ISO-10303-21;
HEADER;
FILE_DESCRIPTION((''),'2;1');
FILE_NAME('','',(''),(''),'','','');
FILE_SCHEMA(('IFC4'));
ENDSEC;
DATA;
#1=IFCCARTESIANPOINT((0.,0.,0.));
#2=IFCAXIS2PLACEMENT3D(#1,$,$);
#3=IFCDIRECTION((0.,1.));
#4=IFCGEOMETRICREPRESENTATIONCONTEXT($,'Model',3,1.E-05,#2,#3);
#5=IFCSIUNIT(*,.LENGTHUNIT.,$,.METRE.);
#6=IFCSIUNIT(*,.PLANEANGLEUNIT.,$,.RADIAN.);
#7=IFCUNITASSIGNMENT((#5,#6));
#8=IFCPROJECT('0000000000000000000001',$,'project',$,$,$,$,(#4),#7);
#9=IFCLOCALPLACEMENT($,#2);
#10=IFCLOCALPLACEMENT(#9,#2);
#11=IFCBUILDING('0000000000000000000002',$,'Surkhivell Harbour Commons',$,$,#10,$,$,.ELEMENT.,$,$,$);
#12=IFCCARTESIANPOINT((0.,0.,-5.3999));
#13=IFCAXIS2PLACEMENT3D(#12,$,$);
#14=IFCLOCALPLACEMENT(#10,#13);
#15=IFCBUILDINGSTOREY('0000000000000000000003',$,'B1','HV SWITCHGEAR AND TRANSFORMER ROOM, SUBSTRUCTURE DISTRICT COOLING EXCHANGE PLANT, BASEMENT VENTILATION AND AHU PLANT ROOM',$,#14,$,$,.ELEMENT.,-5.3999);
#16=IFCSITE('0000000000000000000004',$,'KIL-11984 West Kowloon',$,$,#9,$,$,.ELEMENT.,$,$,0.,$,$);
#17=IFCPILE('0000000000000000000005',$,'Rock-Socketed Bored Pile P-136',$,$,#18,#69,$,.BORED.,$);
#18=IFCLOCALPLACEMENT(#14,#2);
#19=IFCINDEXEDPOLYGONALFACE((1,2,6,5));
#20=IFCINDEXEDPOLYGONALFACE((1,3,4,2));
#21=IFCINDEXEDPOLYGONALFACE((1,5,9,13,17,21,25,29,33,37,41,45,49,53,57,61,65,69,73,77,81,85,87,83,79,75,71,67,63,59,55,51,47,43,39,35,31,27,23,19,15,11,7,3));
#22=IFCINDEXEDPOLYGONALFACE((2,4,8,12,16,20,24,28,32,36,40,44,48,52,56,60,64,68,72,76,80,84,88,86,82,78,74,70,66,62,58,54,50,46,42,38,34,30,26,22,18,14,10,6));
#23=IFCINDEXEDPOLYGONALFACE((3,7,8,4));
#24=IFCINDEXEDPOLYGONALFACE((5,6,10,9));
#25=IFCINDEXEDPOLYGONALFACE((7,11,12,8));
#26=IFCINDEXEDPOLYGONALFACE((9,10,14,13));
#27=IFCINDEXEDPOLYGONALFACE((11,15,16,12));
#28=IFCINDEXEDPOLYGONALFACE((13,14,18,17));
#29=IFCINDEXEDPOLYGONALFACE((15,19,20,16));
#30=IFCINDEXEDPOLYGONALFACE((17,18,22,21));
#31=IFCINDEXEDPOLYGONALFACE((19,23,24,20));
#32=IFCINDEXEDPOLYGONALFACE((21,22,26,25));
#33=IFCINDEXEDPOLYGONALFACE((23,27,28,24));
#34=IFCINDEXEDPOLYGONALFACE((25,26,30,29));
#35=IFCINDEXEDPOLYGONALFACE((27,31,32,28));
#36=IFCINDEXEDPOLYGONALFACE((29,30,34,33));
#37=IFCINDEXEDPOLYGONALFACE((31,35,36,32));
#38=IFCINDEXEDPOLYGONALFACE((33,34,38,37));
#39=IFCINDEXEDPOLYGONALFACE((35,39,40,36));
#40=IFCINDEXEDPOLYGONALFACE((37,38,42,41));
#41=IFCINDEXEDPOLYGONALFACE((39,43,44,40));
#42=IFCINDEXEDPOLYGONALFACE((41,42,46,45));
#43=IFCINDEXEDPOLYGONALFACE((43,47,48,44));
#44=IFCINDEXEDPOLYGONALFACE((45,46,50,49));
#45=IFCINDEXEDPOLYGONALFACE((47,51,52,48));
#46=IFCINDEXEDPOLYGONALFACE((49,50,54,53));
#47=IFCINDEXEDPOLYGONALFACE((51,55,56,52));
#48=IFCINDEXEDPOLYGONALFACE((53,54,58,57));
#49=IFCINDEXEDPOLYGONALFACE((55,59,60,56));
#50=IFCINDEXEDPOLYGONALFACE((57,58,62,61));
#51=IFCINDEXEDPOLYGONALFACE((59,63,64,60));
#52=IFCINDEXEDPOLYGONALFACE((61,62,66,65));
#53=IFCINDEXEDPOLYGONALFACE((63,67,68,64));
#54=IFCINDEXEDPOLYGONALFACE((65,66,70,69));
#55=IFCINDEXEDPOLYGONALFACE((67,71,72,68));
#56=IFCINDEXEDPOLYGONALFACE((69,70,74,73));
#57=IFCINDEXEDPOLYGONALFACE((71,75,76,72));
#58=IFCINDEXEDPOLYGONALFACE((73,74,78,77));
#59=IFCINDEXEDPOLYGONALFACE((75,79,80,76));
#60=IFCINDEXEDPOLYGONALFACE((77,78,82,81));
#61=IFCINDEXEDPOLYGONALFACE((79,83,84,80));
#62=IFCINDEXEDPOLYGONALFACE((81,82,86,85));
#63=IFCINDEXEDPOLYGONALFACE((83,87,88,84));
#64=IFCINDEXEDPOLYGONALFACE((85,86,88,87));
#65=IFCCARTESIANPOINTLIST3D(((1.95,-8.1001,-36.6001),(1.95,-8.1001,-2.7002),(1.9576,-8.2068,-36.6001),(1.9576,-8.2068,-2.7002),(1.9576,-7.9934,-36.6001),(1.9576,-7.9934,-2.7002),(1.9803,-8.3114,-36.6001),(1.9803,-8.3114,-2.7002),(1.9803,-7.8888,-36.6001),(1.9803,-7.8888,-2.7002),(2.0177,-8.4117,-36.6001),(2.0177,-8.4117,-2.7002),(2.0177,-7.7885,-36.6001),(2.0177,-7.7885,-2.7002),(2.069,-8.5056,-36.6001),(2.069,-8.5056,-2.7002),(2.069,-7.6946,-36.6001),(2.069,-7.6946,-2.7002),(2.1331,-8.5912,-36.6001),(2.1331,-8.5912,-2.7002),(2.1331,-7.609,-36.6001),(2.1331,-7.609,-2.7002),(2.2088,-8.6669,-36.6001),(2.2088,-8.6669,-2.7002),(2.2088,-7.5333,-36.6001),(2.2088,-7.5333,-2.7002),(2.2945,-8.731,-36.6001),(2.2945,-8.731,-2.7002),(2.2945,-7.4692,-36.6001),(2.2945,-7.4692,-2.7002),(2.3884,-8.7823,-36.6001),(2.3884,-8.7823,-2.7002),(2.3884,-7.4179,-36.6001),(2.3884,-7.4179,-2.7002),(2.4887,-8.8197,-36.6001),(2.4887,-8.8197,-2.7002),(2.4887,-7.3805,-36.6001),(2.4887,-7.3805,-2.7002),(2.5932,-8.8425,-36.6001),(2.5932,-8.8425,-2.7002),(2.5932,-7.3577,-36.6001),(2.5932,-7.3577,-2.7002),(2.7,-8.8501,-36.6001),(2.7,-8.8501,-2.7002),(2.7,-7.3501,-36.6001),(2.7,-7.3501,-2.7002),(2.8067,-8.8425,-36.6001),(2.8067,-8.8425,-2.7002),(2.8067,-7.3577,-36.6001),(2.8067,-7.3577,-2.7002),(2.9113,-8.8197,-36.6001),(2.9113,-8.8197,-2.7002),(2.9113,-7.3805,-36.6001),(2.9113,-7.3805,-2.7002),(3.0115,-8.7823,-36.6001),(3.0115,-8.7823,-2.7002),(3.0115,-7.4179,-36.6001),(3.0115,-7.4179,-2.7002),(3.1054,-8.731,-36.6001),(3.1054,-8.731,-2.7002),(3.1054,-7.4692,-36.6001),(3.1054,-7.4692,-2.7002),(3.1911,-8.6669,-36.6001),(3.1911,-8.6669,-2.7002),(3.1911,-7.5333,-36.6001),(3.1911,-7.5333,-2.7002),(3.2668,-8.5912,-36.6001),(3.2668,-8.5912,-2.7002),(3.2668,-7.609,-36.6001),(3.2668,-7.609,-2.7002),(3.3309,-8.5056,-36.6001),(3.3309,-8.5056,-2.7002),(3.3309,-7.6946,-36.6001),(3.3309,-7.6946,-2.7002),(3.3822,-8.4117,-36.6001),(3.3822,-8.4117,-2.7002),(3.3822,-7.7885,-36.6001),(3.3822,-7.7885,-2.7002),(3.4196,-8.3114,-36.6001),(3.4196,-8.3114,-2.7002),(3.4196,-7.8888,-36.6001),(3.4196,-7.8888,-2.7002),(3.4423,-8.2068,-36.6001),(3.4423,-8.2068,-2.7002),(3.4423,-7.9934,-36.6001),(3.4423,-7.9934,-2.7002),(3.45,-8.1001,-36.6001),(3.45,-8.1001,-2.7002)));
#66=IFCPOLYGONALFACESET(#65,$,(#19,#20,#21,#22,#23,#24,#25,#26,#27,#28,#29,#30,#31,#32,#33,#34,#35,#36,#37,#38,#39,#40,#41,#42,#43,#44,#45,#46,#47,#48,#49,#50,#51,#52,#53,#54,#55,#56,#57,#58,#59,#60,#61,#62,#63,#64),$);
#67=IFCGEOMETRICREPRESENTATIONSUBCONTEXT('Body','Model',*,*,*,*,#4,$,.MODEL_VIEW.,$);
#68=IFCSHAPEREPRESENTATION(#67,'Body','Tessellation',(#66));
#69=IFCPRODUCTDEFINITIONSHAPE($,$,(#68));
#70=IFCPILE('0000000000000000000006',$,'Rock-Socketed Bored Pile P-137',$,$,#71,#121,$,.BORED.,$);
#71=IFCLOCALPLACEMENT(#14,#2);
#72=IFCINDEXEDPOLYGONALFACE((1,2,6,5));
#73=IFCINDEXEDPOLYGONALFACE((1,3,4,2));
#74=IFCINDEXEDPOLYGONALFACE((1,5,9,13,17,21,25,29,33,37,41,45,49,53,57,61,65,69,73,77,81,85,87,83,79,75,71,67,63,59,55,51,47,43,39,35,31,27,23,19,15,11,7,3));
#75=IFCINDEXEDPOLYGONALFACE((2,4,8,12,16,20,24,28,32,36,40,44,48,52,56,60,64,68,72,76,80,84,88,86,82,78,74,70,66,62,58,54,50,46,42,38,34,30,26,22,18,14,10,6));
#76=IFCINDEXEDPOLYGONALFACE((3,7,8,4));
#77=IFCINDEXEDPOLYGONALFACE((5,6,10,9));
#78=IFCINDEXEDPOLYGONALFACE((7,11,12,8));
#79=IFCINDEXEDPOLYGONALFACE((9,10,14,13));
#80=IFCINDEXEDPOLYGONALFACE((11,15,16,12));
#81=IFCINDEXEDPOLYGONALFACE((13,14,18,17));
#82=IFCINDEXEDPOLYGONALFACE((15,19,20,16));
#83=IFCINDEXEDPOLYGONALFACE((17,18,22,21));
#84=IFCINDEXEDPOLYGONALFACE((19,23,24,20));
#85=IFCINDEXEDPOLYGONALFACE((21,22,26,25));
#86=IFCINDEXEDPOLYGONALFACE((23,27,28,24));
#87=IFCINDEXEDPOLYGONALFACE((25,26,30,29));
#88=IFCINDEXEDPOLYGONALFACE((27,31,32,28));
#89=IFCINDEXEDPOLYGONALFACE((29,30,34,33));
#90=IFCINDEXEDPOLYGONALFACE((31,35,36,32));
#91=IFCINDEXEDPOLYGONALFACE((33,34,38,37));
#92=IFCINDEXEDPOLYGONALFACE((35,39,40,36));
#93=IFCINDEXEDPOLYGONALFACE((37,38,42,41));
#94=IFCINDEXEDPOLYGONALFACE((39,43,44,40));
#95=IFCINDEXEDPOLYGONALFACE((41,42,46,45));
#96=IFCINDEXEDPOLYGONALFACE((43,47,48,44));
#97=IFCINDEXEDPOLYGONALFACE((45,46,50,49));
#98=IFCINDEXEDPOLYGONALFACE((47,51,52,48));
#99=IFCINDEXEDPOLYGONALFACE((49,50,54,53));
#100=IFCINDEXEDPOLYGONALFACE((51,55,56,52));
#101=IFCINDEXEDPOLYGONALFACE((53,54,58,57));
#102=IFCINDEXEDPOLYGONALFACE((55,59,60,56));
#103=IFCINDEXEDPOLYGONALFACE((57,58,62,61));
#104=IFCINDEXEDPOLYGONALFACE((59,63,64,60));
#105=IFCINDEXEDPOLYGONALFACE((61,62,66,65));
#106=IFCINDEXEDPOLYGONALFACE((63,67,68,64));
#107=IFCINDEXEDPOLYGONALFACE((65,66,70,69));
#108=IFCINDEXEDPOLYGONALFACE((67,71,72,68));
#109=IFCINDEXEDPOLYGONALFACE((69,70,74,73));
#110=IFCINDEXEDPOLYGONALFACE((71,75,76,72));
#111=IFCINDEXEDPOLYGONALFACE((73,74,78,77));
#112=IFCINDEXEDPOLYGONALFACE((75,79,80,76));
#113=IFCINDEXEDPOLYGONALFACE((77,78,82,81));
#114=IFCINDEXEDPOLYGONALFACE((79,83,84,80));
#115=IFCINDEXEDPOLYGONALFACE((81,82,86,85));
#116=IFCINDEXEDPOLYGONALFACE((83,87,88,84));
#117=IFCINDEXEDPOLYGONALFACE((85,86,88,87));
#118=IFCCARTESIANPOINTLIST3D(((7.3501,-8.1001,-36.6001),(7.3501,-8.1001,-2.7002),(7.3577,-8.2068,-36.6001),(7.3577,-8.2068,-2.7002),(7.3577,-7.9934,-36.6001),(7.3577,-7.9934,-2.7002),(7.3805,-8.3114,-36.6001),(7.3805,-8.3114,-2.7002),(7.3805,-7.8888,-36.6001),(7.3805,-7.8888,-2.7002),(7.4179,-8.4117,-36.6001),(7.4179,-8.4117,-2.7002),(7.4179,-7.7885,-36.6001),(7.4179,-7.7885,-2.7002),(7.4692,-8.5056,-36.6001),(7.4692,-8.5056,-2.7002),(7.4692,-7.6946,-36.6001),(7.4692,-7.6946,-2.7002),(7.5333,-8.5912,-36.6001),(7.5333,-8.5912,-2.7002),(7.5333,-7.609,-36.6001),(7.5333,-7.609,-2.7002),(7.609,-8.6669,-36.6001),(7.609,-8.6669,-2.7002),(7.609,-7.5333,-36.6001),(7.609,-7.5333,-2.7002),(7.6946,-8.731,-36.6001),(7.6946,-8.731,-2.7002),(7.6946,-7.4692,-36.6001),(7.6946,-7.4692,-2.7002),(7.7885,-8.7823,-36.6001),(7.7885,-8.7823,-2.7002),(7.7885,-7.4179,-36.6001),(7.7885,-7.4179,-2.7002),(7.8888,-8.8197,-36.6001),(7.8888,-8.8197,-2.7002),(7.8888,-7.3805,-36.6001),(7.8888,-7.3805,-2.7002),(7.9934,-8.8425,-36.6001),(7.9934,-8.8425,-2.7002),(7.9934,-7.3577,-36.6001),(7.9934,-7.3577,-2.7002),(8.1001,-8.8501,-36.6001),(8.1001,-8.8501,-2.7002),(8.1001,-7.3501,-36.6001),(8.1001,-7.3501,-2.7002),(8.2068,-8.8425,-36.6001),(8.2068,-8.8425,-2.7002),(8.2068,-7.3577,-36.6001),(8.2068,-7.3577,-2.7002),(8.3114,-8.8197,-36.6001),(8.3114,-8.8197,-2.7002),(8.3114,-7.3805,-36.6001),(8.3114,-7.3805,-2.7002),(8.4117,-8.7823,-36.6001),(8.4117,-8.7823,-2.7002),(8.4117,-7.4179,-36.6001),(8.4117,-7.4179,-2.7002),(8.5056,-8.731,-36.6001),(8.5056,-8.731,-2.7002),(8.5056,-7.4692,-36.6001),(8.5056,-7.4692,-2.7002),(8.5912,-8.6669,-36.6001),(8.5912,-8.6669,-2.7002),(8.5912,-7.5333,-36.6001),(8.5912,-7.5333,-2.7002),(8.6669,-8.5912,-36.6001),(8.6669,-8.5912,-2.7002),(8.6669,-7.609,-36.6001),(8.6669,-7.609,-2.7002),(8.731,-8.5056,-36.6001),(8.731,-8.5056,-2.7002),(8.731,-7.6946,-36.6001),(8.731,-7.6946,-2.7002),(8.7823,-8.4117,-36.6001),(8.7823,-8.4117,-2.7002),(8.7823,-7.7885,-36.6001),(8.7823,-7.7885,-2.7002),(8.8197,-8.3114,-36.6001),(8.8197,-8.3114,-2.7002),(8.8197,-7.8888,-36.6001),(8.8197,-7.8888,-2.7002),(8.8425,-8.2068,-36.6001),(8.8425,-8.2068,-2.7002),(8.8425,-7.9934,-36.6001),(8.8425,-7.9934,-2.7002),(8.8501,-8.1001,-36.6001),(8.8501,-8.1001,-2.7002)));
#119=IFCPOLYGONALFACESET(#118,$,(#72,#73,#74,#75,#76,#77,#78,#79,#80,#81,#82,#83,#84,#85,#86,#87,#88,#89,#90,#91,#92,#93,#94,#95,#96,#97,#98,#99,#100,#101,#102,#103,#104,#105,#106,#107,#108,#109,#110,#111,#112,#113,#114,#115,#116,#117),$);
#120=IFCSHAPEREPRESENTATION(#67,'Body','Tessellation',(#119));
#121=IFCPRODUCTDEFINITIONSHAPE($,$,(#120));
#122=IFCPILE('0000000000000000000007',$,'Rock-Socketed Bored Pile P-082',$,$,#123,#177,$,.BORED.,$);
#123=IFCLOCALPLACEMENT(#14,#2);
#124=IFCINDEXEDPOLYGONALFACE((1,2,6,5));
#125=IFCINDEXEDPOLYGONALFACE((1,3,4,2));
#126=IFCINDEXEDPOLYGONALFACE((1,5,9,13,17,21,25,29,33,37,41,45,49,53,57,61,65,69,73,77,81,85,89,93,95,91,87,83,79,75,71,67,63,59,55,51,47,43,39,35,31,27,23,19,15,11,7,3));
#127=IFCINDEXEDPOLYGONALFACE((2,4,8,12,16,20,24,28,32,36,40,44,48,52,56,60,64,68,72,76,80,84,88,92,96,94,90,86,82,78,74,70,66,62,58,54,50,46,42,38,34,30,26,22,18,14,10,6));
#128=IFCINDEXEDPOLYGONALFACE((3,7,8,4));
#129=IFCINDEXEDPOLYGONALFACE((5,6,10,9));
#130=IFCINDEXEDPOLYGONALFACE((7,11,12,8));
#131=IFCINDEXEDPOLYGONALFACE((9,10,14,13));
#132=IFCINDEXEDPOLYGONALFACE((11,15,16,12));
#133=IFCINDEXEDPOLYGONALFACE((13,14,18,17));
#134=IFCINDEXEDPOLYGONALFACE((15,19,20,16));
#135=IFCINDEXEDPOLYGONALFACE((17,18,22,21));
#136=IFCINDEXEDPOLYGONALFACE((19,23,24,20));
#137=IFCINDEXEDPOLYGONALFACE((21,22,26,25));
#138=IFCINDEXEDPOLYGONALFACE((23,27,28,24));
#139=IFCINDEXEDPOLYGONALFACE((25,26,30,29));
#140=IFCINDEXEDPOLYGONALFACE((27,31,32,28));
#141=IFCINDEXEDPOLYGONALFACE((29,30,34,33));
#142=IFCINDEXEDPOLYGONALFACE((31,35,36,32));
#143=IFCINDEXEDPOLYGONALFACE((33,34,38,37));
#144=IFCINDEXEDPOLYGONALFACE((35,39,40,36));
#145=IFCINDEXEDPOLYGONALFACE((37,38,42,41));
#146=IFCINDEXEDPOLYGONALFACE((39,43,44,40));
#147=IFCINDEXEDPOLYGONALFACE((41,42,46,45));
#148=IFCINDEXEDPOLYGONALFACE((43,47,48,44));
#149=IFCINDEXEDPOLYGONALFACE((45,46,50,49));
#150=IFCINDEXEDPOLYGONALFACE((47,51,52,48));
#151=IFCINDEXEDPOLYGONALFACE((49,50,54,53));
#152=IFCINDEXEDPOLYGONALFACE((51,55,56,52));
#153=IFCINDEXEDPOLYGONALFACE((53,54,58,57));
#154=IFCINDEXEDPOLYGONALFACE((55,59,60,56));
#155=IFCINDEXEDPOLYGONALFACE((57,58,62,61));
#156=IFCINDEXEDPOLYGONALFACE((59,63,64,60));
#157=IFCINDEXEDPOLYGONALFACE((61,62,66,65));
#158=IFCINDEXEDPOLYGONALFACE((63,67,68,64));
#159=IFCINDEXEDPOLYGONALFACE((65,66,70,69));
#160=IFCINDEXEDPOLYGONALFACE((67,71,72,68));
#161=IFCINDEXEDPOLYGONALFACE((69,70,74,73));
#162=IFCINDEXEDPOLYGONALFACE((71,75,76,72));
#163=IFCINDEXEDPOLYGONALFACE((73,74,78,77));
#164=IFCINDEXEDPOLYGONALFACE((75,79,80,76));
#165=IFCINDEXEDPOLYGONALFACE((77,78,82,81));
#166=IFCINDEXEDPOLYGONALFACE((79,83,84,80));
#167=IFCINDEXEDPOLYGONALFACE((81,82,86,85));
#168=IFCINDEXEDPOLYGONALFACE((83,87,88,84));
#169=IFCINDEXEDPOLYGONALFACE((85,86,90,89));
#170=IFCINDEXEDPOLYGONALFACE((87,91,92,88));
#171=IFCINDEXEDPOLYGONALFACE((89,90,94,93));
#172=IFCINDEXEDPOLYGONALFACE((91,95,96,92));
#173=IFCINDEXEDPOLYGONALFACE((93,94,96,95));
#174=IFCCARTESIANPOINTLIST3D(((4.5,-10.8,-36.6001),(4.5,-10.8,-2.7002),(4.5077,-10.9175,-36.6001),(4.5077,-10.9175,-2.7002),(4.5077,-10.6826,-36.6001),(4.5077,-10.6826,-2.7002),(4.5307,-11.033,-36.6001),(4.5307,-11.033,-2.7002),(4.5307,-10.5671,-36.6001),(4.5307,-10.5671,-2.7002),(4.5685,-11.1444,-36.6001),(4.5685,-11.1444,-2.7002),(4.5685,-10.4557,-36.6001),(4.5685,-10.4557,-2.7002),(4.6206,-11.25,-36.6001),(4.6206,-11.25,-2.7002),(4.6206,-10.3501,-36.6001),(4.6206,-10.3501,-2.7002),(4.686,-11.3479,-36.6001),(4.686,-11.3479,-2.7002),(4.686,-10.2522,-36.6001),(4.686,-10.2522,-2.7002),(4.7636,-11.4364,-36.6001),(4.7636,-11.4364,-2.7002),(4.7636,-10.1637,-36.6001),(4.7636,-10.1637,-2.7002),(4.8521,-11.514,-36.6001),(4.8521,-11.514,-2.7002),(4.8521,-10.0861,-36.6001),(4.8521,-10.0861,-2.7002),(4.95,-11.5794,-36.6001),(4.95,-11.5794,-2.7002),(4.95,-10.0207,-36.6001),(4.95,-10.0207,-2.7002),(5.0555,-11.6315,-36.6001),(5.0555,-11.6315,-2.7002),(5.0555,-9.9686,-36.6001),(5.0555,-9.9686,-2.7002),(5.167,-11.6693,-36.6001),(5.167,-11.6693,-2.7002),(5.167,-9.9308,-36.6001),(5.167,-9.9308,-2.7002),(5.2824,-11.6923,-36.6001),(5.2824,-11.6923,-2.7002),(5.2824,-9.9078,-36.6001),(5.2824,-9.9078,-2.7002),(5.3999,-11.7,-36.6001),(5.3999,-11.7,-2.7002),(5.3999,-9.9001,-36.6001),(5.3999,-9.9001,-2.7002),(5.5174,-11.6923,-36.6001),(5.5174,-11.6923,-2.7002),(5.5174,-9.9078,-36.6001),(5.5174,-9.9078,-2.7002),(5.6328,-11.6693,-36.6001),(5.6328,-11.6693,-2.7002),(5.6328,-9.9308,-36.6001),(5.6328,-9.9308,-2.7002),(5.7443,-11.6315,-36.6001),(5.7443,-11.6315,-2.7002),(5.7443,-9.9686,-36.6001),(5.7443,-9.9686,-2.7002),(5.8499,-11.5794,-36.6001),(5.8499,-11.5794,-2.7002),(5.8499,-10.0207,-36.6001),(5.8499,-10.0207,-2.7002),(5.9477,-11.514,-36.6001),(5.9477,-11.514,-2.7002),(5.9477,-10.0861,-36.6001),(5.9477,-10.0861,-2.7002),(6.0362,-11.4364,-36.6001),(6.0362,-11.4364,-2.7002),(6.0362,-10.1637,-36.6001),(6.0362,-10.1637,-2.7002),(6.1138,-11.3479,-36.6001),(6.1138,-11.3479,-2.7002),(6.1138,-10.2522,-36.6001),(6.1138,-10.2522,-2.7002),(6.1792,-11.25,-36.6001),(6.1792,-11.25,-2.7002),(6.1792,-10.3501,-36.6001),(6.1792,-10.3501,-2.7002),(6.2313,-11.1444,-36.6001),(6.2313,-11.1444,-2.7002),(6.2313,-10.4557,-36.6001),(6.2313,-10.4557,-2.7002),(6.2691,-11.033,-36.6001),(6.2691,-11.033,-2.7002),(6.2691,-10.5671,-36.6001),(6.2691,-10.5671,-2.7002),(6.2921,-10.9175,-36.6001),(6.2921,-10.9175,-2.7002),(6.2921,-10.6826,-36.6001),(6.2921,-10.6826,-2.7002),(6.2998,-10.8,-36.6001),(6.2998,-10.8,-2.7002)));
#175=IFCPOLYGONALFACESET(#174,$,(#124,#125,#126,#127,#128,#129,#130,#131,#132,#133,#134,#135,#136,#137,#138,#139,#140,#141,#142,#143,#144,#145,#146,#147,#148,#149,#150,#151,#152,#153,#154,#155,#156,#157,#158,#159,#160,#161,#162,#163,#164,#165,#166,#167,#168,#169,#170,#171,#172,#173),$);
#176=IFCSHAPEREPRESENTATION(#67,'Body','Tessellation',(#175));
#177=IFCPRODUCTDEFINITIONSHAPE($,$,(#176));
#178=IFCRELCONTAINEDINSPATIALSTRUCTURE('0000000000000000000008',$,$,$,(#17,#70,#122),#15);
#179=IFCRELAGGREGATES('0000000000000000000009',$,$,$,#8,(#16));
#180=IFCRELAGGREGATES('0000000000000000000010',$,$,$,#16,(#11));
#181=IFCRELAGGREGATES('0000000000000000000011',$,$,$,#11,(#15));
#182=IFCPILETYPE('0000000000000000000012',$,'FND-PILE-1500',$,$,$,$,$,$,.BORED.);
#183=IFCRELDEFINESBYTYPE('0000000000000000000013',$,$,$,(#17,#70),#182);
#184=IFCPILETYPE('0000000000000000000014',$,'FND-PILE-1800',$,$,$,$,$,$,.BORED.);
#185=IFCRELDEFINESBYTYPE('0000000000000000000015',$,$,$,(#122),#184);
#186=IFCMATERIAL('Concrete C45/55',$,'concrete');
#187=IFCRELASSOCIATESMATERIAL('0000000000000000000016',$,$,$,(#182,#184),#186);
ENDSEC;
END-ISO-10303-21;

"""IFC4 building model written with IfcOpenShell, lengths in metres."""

from ifc_helpers import new_model, si_unit, direction, frame, origin, origin_2d, place, context, subcontext, project, spatial, circle, extrude, material, material_profile, profile_set, type_object, element, save


model = new_model("IFC4")

# Units and contexts
model_context = context("Model", 3, precision=1e-05, world=origin(), true_north=direction((0.0, 1.0)))
body_context = subcontext(model_context, "Body", "Model", "MODEL_VIEW")
ifc_project = project(units=[si_unit("LENGTHUNIT", "METRE"), si_unit("PLANEANGLEUNIT", "RADIAN")], contexts=[model_context])

# Site, building, storey
site_placement = place(None, origin())
site = spatial("IfcSite", under=ifc_project, at=site_placement, Name="KIL-11984 West Kowloon", CompositionType="ELEMENT", RefElevation=0.0)
building_placement = place(site_placement, origin())
building = spatial("IfcBuilding", under=site, at=building_placement, Name="Surkhivell Harbour Commons", CompositionType="ELEMENT")
storey_placement = place(building_placement, frame((0.0, 0.0, -5.3999)))
storey = spatial("IfcBuildingStorey", under=building, at=storey_placement, Name="B1", Description="HV SWITCHGEAR AND TRANSFORMER ROOM, SUBSTRUCTURE DISTRICT COOLING EXCHANGE PLANT, BASEMENT VENTILATION AND AHU PLANT ROOM", CompositionType="ELEMENT", Elevation=-5.3999)

# Piles
ifc_material_1 = material(Name="Concrete C45/55", Category="concrete")
ifc_material_profile_1 = material_profile(ifc_material_1, circle(Radius=0.75, at=origin_2d()), Name="PILE-1500")
ifc_profile_set_1 = profile_set([ifc_material_profile_1], Name="Concrete C45/55")
pile_type_1 = type_object("IfcPileType", Name="FND-PILE-1500", PredefinedType="BORED", material=ifc_profile_set_1)
for number, where, z_axis, x_axis, name in (
    (1, (2.7, -8.1001, -2.7002), (0.0, 0.0, -1.0), (1.0, 0.0, 0.0), "Rock-Socketed Bored Pile P-136"),
    (2, (8.1001, -8.1001, -2.7002), (0.0, 0.0, -1.0), (1.0, 0.0, 0.0), "Rock-Socketed Bored Pile P-137"),
):
    element("IfcPile", number, at=place(storey_placement, frame(where, z_axis=z_axis, x_axis=x_axis)), inside=storey, type_object=pile_type_1, Name=name, PredefinedType="BORED", context=body_context, shape_type="SweptSolid", body=[
        extrude(circle(Radius=0.75, at=origin_2d()), origin(), (0.0, 0.0, 1.0), 33.8999),
    ])
ifc_material_profile_2 = material_profile(ifc_material_1, circle(Radius=0.8999, at=origin_2d()), Name="PILE-1800")
ifc_profile_set_2 = profile_set([ifc_material_profile_2], Name="Concrete C45/55")
pile_type_2 = type_object("IfcPileType", Name="FND-PILE-1800", PredefinedType="BORED", material=ifc_profile_set_2)
for number, where, z_axis, x_axis, name in (
    (3, (5.3999, -10.8, -2.7002), (0.0, 0.0, -1.0), (1.0, 0.0, 0.0), "Rock-Socketed Bored Pile P-082"),
):
    element("IfcPile", number, at=place(storey_placement, frame(where, z_axis=z_axis, x_axis=x_axis)), inside=storey, type_object=pile_type_2, Name=name, PredefinedType="BORED", context=body_context, shape_type="SweptSolid", body=[
        extrude(circle(Radius=0.8999, at=origin_2d()), origin(), (0.0, 0.0, 1.0), 33.8999),
    ])

save(model, "model.ifc")
